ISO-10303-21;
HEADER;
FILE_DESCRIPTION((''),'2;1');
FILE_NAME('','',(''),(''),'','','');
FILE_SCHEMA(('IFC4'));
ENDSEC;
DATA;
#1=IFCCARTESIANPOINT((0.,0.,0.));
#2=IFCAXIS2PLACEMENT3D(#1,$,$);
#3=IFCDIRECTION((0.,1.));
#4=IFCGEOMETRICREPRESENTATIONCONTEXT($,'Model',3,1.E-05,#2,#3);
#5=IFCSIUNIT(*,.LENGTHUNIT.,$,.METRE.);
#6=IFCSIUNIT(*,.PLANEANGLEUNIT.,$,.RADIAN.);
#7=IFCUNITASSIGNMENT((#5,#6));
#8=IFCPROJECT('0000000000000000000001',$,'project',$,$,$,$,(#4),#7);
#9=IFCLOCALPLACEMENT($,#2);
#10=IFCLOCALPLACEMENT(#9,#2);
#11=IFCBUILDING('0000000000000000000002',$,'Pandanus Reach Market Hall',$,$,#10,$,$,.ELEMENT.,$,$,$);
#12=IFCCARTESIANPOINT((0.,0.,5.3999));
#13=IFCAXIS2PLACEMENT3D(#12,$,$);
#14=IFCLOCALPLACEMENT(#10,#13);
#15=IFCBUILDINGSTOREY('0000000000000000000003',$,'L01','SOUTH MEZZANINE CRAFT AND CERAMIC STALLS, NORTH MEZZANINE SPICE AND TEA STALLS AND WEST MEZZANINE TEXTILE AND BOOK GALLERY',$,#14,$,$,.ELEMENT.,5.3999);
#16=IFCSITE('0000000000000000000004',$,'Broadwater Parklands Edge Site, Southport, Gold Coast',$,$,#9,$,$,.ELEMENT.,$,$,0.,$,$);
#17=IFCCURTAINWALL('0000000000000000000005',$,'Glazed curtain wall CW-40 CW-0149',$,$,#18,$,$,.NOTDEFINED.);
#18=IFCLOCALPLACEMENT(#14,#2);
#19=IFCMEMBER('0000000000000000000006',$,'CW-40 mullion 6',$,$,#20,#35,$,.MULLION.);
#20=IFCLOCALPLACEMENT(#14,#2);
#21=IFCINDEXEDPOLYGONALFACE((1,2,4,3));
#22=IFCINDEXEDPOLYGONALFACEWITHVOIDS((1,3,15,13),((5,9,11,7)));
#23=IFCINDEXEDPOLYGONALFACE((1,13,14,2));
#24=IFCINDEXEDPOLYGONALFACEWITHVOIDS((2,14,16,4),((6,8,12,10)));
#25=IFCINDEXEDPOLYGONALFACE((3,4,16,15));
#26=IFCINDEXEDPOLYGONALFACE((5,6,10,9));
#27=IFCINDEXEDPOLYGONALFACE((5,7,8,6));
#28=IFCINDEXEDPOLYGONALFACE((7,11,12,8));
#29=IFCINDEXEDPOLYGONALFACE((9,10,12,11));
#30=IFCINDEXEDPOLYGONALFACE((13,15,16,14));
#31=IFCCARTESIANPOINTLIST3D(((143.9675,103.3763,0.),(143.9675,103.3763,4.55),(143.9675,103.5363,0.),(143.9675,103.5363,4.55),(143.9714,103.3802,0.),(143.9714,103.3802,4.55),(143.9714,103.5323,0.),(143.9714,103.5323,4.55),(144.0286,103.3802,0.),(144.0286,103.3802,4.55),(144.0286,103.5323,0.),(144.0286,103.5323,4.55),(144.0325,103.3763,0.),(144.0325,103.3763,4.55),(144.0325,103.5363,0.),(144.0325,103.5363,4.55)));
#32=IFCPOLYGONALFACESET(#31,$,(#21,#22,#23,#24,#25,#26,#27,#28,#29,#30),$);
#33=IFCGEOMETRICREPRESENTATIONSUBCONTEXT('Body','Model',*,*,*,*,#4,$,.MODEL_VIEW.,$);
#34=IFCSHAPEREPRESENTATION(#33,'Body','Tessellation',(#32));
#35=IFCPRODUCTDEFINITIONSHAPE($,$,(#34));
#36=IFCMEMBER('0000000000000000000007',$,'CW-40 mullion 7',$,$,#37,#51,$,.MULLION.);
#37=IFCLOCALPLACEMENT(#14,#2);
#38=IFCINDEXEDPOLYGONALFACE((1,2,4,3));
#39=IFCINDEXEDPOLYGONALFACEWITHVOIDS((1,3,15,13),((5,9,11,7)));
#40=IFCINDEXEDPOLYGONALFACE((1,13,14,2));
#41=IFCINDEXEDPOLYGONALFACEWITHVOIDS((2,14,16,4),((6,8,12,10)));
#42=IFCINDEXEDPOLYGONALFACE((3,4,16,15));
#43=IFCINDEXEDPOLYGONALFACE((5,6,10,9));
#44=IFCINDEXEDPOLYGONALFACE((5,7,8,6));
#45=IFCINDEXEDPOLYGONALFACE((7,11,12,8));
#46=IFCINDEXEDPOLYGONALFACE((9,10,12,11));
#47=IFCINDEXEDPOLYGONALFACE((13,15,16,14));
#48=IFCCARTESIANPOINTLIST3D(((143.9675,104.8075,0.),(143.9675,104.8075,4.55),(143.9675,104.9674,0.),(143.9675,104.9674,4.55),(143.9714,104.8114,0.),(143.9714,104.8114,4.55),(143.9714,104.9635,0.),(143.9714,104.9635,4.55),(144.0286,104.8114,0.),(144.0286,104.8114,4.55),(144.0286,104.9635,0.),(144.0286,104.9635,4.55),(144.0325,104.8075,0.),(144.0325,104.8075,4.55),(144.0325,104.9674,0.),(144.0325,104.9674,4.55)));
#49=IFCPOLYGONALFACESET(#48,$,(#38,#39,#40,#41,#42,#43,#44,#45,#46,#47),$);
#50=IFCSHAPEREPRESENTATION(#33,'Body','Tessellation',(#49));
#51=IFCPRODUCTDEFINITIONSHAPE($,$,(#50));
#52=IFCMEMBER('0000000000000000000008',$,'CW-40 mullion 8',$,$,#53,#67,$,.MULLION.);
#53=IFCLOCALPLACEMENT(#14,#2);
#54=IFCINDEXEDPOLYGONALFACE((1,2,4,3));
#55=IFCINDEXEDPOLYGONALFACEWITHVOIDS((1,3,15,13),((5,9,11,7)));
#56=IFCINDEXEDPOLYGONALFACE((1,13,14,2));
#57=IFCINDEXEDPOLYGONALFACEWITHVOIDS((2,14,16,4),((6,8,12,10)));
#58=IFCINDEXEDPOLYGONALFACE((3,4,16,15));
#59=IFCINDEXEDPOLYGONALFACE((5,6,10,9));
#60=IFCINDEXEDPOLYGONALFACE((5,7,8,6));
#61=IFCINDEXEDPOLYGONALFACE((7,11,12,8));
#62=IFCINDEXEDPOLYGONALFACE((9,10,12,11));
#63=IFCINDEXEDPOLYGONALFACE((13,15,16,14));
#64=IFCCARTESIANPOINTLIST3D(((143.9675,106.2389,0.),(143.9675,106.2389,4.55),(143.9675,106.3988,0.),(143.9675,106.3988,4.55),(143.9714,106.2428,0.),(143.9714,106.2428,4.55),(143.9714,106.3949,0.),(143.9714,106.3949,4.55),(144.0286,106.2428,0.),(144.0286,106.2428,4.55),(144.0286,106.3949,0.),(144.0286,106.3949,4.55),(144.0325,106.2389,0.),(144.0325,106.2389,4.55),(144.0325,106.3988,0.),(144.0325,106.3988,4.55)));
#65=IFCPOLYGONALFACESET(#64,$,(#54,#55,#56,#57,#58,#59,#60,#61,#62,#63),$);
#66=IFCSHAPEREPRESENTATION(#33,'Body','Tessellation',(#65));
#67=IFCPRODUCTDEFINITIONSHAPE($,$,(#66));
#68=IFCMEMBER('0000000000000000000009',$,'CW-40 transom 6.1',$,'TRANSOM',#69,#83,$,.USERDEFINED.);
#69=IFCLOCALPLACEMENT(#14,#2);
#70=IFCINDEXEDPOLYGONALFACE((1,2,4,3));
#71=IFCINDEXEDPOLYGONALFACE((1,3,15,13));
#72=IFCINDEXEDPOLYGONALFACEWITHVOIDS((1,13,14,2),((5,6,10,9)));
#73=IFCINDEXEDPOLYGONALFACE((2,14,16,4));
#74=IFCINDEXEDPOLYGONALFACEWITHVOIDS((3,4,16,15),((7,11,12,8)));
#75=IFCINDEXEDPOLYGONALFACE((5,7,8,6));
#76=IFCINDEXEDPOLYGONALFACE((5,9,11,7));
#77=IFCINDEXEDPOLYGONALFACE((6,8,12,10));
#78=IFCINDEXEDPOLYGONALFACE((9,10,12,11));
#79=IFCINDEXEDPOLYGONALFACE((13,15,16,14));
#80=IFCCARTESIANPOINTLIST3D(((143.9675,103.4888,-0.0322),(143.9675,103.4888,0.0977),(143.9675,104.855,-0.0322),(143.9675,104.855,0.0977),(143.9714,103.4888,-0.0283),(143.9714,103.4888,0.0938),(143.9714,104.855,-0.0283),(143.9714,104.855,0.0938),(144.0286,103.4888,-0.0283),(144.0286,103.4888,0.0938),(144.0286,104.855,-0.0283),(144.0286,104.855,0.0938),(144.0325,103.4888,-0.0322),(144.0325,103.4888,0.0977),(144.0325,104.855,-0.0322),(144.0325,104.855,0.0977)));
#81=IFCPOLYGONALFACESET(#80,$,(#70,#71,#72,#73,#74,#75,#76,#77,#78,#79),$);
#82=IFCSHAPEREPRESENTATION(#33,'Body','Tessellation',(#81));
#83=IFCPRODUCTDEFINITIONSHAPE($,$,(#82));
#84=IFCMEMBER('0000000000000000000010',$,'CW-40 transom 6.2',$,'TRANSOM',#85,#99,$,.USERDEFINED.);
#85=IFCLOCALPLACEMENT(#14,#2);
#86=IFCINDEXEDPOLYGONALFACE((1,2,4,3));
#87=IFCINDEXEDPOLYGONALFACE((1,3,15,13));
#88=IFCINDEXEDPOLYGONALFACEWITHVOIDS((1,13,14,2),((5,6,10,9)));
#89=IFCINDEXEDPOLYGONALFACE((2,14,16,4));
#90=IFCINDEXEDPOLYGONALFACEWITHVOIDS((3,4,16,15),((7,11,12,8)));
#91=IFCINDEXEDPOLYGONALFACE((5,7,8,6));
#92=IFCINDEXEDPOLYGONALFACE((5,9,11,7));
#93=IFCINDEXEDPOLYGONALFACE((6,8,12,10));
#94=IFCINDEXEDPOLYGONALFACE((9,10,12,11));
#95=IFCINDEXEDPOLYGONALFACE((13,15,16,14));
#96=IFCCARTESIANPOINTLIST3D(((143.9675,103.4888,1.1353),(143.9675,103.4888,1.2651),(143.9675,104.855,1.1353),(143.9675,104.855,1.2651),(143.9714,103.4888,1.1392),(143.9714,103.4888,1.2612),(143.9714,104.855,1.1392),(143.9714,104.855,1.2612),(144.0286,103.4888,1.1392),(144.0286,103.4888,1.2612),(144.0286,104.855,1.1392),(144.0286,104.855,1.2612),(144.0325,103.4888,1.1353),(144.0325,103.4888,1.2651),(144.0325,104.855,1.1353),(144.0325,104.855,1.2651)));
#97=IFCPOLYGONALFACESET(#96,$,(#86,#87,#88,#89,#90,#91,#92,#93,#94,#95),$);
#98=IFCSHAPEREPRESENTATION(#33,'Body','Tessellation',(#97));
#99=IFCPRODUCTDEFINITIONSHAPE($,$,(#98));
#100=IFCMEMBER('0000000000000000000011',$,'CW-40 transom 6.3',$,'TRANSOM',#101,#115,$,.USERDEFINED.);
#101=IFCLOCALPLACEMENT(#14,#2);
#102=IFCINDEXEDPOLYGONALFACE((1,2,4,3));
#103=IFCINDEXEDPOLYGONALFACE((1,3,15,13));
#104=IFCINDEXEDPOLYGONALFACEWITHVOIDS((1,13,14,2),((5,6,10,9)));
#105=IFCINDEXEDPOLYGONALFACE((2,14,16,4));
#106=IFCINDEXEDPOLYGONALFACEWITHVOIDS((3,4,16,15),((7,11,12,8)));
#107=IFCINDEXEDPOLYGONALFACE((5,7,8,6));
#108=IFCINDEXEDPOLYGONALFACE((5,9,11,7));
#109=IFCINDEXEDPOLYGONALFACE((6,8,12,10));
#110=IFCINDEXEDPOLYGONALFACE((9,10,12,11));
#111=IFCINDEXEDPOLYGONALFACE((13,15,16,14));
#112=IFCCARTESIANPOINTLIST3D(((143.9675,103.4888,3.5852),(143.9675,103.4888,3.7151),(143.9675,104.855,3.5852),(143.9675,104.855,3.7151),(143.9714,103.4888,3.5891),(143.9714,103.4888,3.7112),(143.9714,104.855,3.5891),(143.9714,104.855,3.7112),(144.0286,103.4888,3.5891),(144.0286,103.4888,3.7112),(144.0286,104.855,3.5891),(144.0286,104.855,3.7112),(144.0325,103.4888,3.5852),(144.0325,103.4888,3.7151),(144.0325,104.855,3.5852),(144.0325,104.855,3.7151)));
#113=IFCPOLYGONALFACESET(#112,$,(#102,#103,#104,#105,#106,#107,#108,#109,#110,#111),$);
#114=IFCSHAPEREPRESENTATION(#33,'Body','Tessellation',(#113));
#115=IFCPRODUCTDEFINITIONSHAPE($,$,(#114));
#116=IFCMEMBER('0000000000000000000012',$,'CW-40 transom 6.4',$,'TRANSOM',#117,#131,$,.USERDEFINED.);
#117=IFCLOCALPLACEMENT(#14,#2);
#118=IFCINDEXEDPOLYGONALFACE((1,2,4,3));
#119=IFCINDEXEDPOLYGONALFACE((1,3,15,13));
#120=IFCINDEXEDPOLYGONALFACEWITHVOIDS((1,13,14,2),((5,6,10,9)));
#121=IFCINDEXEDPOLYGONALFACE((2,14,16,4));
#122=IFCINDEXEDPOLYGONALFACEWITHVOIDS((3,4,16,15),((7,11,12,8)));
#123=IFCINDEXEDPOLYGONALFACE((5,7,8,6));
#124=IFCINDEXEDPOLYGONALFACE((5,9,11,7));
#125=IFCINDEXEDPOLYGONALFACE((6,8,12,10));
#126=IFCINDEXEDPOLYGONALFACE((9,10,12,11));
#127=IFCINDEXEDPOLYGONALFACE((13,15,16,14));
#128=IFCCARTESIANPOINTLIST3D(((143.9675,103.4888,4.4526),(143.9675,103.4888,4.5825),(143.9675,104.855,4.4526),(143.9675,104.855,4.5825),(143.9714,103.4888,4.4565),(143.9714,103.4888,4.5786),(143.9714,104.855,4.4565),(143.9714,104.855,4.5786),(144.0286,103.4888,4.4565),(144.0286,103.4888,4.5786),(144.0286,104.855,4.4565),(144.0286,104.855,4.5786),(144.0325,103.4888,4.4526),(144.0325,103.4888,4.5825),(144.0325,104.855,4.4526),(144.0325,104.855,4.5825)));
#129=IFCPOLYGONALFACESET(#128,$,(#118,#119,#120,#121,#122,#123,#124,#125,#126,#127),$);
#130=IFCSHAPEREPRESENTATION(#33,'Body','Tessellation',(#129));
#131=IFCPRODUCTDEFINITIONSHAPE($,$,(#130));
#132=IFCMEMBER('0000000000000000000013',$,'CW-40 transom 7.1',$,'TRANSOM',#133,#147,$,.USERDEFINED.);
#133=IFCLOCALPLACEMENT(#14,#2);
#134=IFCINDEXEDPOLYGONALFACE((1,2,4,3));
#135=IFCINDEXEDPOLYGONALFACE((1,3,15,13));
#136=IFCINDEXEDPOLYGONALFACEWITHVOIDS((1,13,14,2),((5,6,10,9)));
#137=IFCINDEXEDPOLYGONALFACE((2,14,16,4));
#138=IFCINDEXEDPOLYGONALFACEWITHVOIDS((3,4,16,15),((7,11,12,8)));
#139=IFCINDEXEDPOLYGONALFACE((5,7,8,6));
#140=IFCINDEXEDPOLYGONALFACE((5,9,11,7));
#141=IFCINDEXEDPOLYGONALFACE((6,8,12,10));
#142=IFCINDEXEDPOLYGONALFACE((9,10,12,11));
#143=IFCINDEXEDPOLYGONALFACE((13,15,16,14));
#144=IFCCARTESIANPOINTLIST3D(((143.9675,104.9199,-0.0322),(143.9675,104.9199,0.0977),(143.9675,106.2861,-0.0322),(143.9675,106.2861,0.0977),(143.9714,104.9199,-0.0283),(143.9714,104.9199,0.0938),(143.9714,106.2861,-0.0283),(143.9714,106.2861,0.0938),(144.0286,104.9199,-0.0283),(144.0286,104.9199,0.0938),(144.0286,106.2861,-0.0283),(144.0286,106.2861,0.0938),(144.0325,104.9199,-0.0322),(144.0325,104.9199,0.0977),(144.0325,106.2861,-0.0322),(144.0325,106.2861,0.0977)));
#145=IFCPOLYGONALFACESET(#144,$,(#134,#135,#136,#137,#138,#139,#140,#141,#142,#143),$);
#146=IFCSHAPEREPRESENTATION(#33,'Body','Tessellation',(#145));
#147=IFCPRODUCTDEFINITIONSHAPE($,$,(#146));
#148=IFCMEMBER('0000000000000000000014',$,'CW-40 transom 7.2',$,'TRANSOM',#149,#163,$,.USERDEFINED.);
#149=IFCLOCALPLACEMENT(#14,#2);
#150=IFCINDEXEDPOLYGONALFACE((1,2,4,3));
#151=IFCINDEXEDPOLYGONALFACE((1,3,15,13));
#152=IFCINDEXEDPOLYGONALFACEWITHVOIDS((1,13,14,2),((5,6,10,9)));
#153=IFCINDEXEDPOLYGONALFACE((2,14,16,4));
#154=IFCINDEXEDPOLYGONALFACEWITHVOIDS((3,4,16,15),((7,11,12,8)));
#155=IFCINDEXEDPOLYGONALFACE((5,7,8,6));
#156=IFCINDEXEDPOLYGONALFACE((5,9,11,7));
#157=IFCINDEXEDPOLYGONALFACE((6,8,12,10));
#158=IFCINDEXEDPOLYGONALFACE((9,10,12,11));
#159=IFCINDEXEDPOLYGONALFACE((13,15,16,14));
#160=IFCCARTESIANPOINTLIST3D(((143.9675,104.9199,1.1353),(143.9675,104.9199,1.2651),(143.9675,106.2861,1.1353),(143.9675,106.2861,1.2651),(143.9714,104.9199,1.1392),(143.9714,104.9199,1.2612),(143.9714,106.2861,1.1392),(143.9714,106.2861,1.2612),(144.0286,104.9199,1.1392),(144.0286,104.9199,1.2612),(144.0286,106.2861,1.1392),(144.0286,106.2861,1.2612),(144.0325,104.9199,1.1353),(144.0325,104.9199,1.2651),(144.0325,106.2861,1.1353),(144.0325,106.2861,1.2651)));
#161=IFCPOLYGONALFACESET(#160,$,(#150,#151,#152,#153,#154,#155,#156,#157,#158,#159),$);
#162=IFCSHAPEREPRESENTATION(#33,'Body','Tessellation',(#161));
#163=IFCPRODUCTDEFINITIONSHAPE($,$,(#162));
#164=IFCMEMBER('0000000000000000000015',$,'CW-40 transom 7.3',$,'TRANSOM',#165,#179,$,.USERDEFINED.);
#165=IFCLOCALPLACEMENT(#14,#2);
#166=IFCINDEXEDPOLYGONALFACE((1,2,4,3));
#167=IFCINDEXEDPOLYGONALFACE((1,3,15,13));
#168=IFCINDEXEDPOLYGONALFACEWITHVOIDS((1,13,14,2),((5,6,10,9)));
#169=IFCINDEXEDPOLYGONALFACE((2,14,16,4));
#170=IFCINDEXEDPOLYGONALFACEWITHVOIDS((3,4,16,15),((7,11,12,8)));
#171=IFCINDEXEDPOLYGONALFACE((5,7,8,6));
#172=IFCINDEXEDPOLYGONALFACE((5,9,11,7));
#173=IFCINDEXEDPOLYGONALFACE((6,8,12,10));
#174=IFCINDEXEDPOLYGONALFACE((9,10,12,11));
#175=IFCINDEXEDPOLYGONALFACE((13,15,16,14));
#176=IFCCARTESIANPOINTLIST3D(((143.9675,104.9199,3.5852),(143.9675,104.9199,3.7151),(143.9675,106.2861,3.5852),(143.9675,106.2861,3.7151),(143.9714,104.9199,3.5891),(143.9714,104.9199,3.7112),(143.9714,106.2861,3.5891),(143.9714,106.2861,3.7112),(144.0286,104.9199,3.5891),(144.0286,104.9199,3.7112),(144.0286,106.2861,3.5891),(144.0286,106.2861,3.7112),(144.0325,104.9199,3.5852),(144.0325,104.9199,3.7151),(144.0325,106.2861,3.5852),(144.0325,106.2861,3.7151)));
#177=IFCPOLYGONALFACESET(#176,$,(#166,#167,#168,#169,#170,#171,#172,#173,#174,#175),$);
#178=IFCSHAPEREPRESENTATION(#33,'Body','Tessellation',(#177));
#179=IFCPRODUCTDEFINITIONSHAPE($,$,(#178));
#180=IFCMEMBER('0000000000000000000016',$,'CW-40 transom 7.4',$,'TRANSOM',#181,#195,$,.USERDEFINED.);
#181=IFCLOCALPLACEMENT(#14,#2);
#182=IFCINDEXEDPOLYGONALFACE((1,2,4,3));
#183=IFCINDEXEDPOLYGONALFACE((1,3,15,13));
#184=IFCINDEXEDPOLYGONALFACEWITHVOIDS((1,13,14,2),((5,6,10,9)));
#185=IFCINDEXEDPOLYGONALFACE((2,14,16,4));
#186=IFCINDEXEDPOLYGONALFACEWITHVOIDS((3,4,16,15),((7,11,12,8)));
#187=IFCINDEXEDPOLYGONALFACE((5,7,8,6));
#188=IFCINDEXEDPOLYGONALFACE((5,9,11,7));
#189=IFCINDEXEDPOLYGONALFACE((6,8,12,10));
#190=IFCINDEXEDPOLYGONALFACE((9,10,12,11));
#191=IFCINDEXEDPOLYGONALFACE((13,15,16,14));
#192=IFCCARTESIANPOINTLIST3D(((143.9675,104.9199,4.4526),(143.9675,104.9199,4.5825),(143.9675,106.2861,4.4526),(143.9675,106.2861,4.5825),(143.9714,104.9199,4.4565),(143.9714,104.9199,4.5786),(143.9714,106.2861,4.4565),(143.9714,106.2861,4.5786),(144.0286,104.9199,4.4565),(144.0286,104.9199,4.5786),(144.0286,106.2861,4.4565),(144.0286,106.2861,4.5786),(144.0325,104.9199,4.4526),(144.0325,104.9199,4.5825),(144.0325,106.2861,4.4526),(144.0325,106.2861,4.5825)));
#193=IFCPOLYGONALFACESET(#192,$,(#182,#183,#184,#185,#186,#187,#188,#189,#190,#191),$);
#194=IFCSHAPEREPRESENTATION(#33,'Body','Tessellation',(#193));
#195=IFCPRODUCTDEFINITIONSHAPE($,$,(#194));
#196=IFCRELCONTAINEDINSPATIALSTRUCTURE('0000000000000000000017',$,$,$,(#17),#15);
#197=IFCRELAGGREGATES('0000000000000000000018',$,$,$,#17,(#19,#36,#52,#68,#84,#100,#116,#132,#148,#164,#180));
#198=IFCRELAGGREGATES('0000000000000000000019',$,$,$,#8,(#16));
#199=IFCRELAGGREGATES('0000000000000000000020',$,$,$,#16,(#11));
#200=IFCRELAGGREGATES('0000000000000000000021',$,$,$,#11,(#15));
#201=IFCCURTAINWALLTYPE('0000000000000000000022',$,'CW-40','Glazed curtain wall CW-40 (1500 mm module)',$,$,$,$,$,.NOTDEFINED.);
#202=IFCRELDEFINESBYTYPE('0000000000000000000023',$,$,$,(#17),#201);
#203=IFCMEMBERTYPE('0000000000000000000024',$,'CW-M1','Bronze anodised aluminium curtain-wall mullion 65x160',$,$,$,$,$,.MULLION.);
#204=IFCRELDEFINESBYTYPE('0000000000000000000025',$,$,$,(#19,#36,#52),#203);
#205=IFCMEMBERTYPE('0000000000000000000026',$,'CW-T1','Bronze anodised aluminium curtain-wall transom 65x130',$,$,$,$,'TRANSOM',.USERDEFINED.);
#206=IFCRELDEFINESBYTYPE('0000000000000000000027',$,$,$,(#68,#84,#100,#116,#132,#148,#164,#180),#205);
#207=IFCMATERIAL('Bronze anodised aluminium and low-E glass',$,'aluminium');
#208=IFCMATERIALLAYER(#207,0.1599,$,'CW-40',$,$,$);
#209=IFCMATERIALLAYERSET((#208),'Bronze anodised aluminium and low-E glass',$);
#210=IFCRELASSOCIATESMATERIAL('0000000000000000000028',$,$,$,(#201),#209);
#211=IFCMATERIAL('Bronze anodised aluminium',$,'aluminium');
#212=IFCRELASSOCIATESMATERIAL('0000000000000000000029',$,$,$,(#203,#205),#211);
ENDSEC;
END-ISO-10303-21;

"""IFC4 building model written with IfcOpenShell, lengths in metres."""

from ifc_helpers import new_model, si_unit, direction, frame, origin, origin_2d, place, context, subcontext, project, spatial, hollow_rectangle, extrude, material, layer, layer_set, material_profile, profile_set, type_object, element, aggregate, save


model = new_model("IFC4")

# Units and contexts
model_context = context("Model", 3, precision=1e-05, world=origin(), true_north=direction((0.0, 1.0)))
body_context = subcontext(model_context, "Body", "Model", "MODEL_VIEW")
ifc_project = project(units=[si_unit("LENGTHUNIT", "METRE"), si_unit("PLANEANGLEUNIT", "RADIAN")], contexts=[model_context])

# Site, building, storey
site_placement = place(None, origin())
site = spatial("IfcSite", under=ifc_project, at=site_placement, Name="Broadwater Parklands Edge Site, Southport, Gold Coast", CompositionType="ELEMENT", RefElevation=0.0)
building_placement = place(site_placement, origin())
building = spatial("IfcBuilding", under=site, at=building_placement, Name="Pandanus Reach Market Hall", CompositionType="ELEMENT")
storey_placement = place(building_placement, frame((0.0, 0.0, 5.3999)))
storey = spatial("IfcBuildingStorey", under=building, at=storey_placement, Name="L01", Description="SOUTH MEZZANINE CRAFT AND CERAMIC STALLS, NORTH MEZZANINE SPICE AND TEA STALLS AND WEST MEZZANINE TEXTILE AND BOOK GALLERY", CompositionType="ELEMENT", Elevation=5.3999)

# Curtain wall, members
ifc_material_1 = material(Name="Bronze anodised aluminium and low-E glass", Category="aluminium")
ifc_layer_1 = layer(ifc_material_1, 0.1599, Name="CW-40")
ifc_layer_set_1 = layer_set([ifc_layer_1], Name="Bronze anodised aluminium and low-E glass")
curtain_wall_type_1 = type_object("IfcCurtainWallType", Name="CW-40", Description="Glazed curtain wall CW-40 (1500 mm module)", PredefinedType="NOTDEFINED", material=ifc_layer_set_1)
curtain_wall_1_placement = place(storey_placement, origin())
curtain_wall_1 = element("IfcCurtainWall", 1, at=curtain_wall_1_placement, inside=storey, type_object=curtain_wall_type_1, Name="Glazed curtain wall CW-40 CW-0149", PredefinedType="NOTDEFINED")
ifc_material_2 = material(Name="Bronze anodised aluminium", Category="aluminium")
ifc_material_profile_1 = material_profile(ifc_material_2, hollow_rectangle(XDim=0.0649, YDim=0.1599, WallThickness=0.0039, at=origin_2d()), Name="ALU65x160", Category="LoadBearing")
ifc_profile_set_1 = profile_set([ifc_material_profile_1], Name="Bronze anodised aluminium")
member_type_1 = type_object("IfcMemberType", Name="CW-M1", Description="Bronze anodised aluminium curtain-wall mullion 65x160", PredefinedType="MULLION", material=ifc_profile_set_1)
member_1_placement = place(storey_placement, frame((144.0, 103.4563, 0.0), z_axis=(0.0, 0.0, 1.0), x_axis=(-1.0, 0.0, 0.0)))
member_1 = element("IfcMember", 2, at=member_1_placement, type_object=member_type_1, Name="CW-40 mullion 6", PredefinedType="MULLION", context=body_context, shape_type="SweptSolid", body=[
    extrude(hollow_rectangle(XDim=0.0649, YDim=0.1599, WallThickness=0.0039, at=origin_2d()), origin(), (0.0, 0.0, 1.0), 4.55),
])
member_2_placement = place(storey_placement, frame((144.0, 104.8875, 0.0), z_axis=(0.0, 0.0, 1.0), x_axis=(-1.0, 0.0, 0.0)))
member_2 = element("IfcMember", 3, at=member_2_placement, type_object=member_type_1, Name="CW-40 mullion 7", PredefinedType="MULLION", context=body_context, shape_type="SweptSolid", body=[
    extrude(hollow_rectangle(XDim=0.0649, YDim=0.1599, WallThickness=0.0039, at=origin_2d()), origin(), (0.0, 0.0, 1.0), 4.55),
])
member_3_placement = place(storey_placement, frame((144.0, 106.3188, 0.0), z_axis=(0.0, 0.0, 1.0), x_axis=(-1.0, 0.0, 0.0)))
member_3 = element("IfcMember", 4, at=member_3_placement, type_object=member_type_1, Name="CW-40 mullion 8", PredefinedType="MULLION", context=body_context, shape_type="SweptSolid", body=[
    extrude(hollow_rectangle(XDim=0.0649, YDim=0.1599, WallThickness=0.0039, at=origin_2d()), origin(), (0.0, 0.0, 1.0), 4.55),
])
ifc_material_profile_2 = material_profile(ifc_material_2, hollow_rectangle(XDim=0.0649, YDim=0.1299, WallThickness=0.0039, at=origin_2d()), Name="ALU65x130", Category="LoadBearing")
ifc_profile_set_2 = profile_set([ifc_material_profile_2], Name="Bronze anodised aluminium")
member_type_2 = type_object("IfcMemberType", Name="CW-T1", Description="Bronze anodised aluminium curtain-wall transom 65x130", ElementType="TRANSOM", PredefinedType="USERDEFINED", material=ifc_profile_set_2)
member_4_placement = place(storey_placement, frame((144.0, 103.4888, 0.0327), z_axis=(0.0, 1.0, 0.0), x_axis=(-1.0, 0.0, 0.0)))
member_4 = element("IfcMember", 5, at=member_4_placement, type_object=member_type_2, Name="CW-40 transom 6.1", ObjectType="TRANSOM", PredefinedType="USERDEFINED", context=body_context, shape_type="SweptSolid", body=[
    extrude(hollow_rectangle(XDim=0.0649, YDim=0.1299, WallThickness=0.0039, at=origin_2d()), origin(), (0.0, 0.0, 1.0), 1.3662),
])
member_5_placement = place(storey_placement, frame((144.0, 103.4888, 1.2002), z_axis=(0.0, 1.0, 0.0), x_axis=(-1.0, 0.0, 0.0)))
member_5 = element("IfcMember", 6, at=member_5_placement, type_object=member_type_2, Name="CW-40 transom 6.2", ObjectType="TRANSOM", PredefinedType="USERDEFINED", context=body_context, shape_type="SweptSolid", body=[
    extrude(hollow_rectangle(XDim=0.0649, YDim=0.1299, WallThickness=0.0039, at=origin_2d()), origin(), (0.0, 0.0, 1.0), 1.3662),
])
member_6_placement = place(storey_placement, frame((144.0, 103.4888, 3.6501), z_axis=(0.0, 1.0, 0.0), x_axis=(-1.0, 0.0, 0.0)))
member_6 = element("IfcMember", 7, at=member_6_placement, type_object=member_type_2, Name="CW-40 transom 6.3", ObjectType="TRANSOM", PredefinedType="USERDEFINED", context=body_context, shape_type="SweptSolid", body=[
    extrude(hollow_rectangle(XDim=0.0649, YDim=0.1299, WallThickness=0.0039, at=origin_2d()), origin(), (0.0, 0.0, 1.0), 1.3662),
])
member_7_placement = place(storey_placement, frame((144.0, 103.4888, 4.5176), z_axis=(0.0, 1.0, 0.0), x_axis=(-1.0, 0.0, 0.0)))
member_7 = element("IfcMember", 8, at=member_7_placement, type_object=member_type_2, Name="CW-40 transom 6.4", ObjectType="TRANSOM", PredefinedType="USERDEFINED", context=body_context, shape_type="SweptSolid", body=[
    extrude(hollow_rectangle(XDim=0.0649, YDim=0.1299, WallThickness=0.0039, at=origin_2d()), origin(), (0.0, 0.0, 1.0), 1.3662),
])
member_8_placement = place(storey_placement, frame((144.0, 104.9199, 0.0327), z_axis=(0.0, 1.0, 0.0), x_axis=(-1.0, 0.0, 0.0)))
member_8 = element("IfcMember", 9, at=member_8_placement, type_object=member_type_2, Name="CW-40 transom 7.1", ObjectType="TRANSOM", PredefinedType="USERDEFINED", context=body_context, shape_type="SweptSolid", body=[
    extrude(hollow_rectangle(XDim=0.0649, YDim=0.1299, WallThickness=0.0039, at=origin_2d()), origin(), (0.0, 0.0, 1.0), 1.3662),
])
member_9_placement = place(storey_placement, frame((144.0, 104.9199, 1.2002), z_axis=(0.0, 1.0, 0.0), x_axis=(-1.0, 0.0, 0.0)))
member_9 = element("IfcMember", 10, at=member_9_placement, type_object=member_type_2, Name="CW-40 transom 7.2", ObjectType="TRANSOM", PredefinedType="USERDEFINED", context=body_context, shape_type="SweptSolid", body=[
    extrude(hollow_rectangle(XDim=0.0649, YDim=0.1299, WallThickness=0.0039, at=origin_2d()), origin(), (0.0, 0.0, 1.0), 1.3662),
])
member_10_placement = place(storey_placement, frame((144.0, 104.9199, 3.6501), z_axis=(0.0, 1.0, 0.0), x_axis=(-1.0, 0.0, 0.0)))
member_10 = element("IfcMember", 11, at=member_10_placement, type_object=member_type_2, Name="CW-40 transom 7.3", ObjectType="TRANSOM", PredefinedType="USERDEFINED", context=body_context, shape_type="SweptSolid", body=[
    extrude(hollow_rectangle(XDim=0.0649, YDim=0.1299, WallThickness=0.0039, at=origin_2d()), origin(), (0.0, 0.0, 1.0), 1.3662),
])
member_11_placement = place(storey_placement, frame((144.0, 104.9199, 4.5176), z_axis=(0.0, 1.0, 0.0), x_axis=(-1.0, 0.0, 0.0)))
member_11 = element("IfcMember", 12, at=member_11_placement, type_object=member_type_2, Name="CW-40 transom 7.4", ObjectType="TRANSOM", PredefinedType="USERDEFINED", context=body_context, shape_type="SweptSolid", body=[
    extrude(hollow_rectangle(XDim=0.0649, YDim=0.1299, WallThickness=0.0039, at=origin_2d()), origin(), (0.0, 0.0, 1.0), 1.3662),
])

aggregate(curtain_wall_1, [member_1, member_2, member_3, member_4, member_5, member_6, member_7, member_8, member_9, member_10, member_11])

save(model, "model.ifc")
